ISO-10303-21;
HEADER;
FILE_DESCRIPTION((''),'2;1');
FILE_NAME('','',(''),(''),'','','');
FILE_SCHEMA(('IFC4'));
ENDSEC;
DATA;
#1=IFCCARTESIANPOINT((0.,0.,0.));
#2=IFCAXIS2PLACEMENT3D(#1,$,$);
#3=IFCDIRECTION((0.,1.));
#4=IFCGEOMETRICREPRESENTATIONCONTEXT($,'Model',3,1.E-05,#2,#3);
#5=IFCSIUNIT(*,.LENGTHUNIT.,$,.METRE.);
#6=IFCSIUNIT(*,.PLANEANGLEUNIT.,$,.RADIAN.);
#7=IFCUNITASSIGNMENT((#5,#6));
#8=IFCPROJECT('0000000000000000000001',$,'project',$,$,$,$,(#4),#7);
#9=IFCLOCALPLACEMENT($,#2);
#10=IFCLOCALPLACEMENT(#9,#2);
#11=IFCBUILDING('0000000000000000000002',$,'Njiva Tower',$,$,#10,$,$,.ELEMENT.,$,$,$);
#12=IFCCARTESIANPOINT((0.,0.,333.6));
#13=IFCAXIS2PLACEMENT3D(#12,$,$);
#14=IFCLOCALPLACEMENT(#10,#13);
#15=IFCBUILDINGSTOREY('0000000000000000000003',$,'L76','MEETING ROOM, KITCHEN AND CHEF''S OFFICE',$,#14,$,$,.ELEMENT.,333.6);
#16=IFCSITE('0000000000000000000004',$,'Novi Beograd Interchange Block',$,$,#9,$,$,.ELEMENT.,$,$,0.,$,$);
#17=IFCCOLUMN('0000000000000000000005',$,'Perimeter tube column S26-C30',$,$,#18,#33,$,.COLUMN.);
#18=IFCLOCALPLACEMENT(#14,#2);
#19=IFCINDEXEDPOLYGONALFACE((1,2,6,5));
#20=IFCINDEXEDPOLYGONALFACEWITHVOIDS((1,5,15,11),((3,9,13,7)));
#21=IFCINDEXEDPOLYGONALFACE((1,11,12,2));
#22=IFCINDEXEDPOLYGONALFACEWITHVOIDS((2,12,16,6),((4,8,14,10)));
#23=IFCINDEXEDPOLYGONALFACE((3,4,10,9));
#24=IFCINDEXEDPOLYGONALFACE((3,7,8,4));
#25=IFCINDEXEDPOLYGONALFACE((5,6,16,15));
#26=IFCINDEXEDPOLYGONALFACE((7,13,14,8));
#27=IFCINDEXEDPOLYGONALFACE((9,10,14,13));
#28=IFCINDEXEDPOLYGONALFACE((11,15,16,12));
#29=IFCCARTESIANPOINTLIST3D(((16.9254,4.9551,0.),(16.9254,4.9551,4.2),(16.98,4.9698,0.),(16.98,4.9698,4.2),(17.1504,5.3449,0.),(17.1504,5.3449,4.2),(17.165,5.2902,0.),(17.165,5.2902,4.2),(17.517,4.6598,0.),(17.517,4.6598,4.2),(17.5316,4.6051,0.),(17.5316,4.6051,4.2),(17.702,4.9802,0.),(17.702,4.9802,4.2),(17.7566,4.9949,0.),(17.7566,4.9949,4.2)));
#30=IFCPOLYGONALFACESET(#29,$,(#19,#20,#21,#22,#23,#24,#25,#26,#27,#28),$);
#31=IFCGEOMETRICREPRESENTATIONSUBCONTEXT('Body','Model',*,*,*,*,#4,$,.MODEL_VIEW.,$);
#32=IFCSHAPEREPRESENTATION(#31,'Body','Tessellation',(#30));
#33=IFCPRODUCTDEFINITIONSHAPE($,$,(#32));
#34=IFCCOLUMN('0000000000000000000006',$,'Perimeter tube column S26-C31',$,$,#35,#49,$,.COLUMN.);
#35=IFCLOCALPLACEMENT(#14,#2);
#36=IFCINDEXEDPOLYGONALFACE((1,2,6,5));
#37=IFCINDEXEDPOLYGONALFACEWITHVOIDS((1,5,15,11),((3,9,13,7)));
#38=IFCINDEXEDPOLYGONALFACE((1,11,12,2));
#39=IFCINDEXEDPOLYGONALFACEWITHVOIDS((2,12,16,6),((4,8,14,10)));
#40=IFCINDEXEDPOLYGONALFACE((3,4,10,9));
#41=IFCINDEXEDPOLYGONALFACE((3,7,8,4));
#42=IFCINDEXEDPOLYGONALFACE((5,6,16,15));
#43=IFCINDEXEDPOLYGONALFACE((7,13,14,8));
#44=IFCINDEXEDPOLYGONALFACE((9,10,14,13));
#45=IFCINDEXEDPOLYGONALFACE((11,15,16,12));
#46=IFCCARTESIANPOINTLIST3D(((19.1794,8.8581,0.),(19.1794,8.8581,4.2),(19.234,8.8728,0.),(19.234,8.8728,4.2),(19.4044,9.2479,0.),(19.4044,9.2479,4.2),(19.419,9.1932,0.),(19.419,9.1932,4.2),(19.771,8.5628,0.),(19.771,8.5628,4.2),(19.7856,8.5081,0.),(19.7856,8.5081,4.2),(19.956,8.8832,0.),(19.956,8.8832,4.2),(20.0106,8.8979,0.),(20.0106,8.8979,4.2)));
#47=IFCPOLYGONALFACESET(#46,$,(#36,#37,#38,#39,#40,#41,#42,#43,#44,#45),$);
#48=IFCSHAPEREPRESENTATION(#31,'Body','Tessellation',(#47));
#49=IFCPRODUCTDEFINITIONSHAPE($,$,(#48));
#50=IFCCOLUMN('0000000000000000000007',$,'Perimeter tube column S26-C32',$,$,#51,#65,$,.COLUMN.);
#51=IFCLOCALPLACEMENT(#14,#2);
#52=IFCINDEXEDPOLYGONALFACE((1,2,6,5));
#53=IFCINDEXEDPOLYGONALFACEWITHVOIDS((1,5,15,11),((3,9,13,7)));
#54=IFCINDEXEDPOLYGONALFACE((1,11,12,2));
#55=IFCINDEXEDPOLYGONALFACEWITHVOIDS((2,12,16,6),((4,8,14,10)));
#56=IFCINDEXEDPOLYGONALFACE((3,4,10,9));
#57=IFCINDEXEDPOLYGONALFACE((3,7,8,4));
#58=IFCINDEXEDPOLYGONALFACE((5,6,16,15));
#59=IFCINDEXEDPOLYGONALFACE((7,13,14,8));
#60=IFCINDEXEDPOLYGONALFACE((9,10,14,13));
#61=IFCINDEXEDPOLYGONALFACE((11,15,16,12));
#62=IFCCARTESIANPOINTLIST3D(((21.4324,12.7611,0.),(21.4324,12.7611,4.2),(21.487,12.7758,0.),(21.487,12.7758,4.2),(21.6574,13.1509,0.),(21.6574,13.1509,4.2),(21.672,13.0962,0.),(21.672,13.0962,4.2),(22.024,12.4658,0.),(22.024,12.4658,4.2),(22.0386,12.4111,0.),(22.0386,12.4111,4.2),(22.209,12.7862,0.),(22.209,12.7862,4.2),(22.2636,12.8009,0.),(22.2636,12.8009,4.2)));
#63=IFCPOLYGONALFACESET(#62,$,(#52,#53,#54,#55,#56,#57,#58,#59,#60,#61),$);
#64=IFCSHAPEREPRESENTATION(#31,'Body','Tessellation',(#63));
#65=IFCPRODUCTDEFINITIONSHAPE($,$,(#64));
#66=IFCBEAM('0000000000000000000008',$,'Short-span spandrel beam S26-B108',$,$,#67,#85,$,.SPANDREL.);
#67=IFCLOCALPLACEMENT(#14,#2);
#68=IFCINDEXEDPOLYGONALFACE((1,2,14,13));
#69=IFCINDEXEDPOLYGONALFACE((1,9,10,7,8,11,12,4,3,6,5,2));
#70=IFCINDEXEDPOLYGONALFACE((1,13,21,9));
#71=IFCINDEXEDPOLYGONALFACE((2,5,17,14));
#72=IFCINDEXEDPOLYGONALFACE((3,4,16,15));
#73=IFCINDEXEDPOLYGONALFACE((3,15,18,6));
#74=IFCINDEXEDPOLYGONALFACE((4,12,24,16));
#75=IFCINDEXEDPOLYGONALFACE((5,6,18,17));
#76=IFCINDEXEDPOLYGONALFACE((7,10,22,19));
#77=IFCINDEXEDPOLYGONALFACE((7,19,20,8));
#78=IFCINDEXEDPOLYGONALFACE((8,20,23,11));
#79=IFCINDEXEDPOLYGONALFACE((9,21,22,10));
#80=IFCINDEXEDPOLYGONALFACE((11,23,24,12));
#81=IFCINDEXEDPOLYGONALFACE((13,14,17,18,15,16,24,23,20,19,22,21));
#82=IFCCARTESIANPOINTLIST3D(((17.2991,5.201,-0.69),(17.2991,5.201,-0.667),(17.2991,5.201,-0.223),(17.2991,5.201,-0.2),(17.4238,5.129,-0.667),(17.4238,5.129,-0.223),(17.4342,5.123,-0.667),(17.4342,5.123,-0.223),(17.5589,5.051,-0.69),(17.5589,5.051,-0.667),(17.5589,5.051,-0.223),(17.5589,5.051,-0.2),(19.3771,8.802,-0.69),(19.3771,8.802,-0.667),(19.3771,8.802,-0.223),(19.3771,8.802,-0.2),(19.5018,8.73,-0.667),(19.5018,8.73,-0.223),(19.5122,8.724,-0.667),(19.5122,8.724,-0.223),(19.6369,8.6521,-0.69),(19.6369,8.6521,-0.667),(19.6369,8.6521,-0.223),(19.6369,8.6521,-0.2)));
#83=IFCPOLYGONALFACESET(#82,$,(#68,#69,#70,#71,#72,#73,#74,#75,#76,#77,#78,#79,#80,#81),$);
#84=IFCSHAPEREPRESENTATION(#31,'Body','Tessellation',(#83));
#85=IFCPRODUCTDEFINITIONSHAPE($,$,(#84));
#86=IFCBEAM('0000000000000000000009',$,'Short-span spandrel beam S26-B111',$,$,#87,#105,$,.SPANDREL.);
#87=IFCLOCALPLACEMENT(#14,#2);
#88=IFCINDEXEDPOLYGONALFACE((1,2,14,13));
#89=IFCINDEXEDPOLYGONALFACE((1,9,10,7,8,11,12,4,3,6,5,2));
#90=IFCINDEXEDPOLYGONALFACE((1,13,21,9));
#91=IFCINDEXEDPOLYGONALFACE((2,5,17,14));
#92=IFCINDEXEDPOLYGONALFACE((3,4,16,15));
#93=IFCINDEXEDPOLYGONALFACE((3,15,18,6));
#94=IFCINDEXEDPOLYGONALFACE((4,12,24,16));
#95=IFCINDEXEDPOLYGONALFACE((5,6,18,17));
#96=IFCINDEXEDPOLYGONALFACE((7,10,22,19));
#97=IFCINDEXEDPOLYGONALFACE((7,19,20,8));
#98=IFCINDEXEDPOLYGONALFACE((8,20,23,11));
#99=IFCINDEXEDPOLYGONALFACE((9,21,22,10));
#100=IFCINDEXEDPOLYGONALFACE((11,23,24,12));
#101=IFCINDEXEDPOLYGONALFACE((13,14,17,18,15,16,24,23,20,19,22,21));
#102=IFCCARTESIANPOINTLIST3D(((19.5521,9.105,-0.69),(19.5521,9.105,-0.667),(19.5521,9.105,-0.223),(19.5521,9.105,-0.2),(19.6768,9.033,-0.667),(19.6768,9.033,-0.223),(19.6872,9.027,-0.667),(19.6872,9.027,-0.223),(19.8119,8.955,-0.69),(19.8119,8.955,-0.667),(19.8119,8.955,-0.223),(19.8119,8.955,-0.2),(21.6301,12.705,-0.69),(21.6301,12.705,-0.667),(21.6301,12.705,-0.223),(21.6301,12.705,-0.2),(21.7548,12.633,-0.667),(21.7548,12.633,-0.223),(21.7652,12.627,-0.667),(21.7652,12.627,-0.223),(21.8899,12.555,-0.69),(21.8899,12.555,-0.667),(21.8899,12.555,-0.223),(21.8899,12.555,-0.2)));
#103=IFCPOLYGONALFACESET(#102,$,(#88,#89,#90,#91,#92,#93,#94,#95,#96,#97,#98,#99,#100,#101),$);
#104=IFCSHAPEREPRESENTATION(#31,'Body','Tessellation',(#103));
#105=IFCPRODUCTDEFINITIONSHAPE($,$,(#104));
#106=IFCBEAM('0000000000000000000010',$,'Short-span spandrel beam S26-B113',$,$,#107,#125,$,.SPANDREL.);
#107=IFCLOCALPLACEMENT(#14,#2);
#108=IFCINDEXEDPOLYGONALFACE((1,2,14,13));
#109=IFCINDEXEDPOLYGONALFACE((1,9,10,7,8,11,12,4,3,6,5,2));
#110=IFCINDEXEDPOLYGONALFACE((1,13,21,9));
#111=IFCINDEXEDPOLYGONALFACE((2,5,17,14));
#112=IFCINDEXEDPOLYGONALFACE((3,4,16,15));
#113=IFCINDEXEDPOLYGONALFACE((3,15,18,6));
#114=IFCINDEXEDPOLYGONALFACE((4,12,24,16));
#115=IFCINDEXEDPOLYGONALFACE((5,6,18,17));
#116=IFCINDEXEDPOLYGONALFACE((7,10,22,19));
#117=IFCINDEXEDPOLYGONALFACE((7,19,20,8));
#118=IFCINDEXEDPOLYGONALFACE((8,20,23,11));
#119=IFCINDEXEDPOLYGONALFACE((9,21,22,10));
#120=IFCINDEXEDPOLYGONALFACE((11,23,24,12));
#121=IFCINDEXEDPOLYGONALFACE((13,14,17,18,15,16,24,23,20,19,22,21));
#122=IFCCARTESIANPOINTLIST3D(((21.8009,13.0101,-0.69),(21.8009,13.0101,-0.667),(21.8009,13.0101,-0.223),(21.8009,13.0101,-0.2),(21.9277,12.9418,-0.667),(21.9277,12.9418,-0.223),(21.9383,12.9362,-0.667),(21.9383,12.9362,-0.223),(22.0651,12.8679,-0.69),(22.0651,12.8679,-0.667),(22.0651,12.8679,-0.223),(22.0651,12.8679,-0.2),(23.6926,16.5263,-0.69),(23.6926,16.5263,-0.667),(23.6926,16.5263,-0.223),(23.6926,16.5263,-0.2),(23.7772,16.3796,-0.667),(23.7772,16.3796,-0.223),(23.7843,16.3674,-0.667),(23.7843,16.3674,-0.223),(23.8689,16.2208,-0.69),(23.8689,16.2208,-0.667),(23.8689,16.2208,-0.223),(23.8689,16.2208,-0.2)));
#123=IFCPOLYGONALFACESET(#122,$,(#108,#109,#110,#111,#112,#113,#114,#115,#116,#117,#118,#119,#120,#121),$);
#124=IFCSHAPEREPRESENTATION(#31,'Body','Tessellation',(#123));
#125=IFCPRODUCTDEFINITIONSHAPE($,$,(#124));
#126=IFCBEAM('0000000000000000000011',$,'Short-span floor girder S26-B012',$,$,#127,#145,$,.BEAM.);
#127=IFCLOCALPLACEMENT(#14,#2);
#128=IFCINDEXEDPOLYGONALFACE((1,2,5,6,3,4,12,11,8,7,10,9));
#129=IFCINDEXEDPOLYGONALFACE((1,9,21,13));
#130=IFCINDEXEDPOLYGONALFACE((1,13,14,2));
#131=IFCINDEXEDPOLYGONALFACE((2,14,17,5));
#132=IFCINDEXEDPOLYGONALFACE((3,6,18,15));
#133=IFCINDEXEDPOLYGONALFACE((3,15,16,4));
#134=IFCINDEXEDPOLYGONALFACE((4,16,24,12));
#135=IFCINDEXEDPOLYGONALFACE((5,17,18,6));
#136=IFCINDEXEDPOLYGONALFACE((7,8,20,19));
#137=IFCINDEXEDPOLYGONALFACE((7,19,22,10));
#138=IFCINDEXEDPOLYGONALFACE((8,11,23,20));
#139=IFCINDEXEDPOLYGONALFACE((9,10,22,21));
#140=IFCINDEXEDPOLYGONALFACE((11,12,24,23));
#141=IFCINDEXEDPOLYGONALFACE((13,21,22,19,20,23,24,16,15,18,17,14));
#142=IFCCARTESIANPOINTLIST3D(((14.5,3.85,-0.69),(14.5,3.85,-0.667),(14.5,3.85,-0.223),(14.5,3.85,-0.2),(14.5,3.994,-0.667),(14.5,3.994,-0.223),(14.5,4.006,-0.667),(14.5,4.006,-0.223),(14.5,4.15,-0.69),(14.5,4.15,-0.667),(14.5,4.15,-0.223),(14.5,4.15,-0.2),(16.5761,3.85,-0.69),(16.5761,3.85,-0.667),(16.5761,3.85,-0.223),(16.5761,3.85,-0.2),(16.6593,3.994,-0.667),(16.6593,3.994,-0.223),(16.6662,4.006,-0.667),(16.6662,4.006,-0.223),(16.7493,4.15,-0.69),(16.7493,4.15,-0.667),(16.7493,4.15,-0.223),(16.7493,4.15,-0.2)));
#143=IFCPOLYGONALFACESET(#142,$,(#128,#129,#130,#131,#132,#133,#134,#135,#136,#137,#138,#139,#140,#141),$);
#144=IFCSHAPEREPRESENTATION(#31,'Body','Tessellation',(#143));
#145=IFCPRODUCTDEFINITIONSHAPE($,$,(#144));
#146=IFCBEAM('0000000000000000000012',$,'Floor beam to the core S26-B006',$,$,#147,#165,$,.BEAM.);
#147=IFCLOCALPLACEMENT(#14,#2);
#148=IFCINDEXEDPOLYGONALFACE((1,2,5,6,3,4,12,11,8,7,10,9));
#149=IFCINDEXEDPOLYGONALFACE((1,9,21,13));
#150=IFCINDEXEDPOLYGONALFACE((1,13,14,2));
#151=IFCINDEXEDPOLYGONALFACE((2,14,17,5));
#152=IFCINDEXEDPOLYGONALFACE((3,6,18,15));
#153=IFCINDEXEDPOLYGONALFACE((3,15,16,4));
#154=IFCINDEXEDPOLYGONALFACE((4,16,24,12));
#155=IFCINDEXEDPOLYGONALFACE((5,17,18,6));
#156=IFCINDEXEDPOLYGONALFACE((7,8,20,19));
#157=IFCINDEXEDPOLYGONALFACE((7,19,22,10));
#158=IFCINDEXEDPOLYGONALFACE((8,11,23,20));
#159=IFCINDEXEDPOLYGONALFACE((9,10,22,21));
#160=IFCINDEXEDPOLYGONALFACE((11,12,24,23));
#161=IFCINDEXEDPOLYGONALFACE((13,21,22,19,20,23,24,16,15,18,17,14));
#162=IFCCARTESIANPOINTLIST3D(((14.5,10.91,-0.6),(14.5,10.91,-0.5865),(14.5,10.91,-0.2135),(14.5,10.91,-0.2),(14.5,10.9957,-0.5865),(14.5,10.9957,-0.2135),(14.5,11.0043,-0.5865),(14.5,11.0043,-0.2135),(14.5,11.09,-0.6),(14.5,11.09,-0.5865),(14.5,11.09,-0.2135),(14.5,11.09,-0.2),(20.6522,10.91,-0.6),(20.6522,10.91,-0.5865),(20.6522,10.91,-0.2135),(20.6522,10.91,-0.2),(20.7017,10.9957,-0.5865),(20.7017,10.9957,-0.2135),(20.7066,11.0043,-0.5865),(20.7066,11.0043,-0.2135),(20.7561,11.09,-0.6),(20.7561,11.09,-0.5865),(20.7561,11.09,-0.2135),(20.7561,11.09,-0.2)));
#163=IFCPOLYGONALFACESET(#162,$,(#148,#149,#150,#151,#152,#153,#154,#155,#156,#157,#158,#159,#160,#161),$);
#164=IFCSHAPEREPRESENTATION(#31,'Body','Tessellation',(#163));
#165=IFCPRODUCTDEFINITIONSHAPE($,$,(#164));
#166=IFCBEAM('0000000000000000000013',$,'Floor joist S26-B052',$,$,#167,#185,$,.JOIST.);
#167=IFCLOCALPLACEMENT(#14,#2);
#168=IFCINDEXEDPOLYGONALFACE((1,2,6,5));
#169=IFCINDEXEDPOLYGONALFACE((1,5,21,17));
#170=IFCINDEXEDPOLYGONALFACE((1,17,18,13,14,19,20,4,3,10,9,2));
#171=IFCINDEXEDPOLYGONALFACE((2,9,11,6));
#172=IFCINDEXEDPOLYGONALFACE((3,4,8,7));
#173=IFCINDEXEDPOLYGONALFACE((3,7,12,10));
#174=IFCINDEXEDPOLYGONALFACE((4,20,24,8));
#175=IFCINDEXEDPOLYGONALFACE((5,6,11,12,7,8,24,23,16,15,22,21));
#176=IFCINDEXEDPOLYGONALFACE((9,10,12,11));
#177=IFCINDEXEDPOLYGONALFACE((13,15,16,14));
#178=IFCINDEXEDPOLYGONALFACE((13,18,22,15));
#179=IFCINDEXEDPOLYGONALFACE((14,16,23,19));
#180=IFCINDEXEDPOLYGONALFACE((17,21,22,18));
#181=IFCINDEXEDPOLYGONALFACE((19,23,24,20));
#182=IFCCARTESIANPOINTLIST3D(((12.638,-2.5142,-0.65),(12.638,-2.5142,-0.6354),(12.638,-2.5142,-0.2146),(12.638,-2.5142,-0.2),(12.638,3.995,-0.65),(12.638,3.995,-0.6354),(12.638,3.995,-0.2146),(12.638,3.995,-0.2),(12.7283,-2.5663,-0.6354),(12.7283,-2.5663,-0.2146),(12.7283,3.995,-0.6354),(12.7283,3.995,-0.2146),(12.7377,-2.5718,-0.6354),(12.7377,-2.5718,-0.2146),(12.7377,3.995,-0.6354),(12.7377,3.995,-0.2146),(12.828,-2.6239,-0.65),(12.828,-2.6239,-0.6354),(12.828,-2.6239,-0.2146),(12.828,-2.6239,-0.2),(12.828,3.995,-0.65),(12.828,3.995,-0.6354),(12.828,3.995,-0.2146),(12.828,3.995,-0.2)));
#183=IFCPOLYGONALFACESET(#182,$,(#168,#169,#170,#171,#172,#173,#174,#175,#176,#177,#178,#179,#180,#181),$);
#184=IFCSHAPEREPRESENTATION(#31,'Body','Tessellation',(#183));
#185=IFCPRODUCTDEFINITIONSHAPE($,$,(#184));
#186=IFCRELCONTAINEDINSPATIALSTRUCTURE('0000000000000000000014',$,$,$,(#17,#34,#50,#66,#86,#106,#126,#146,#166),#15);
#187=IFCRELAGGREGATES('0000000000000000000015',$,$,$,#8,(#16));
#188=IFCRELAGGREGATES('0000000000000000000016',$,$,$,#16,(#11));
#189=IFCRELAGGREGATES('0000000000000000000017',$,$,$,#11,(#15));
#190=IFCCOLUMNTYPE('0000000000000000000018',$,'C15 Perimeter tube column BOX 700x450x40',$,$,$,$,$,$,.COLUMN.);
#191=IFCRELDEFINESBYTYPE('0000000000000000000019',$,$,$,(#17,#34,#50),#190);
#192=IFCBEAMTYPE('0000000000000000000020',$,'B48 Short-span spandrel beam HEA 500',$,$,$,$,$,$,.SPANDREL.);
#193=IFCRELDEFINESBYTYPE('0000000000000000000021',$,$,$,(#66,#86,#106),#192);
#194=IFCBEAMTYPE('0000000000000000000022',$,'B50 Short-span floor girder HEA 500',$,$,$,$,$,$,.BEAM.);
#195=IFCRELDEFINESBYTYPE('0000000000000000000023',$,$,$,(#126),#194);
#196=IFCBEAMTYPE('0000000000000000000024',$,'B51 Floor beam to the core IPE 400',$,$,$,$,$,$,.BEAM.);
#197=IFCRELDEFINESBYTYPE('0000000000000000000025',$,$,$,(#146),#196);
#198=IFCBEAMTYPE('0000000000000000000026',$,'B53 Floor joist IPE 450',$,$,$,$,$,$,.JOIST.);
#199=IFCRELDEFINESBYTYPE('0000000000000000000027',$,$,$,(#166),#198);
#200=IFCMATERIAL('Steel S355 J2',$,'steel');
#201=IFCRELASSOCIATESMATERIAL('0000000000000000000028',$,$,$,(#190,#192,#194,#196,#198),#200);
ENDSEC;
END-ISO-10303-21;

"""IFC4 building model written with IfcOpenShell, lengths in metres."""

from ifc_helpers import new_model, si_unit, direction, frame, origin, origin_2d, place, context, subcontext, project, spatial, hollow_rectangle, i_section, extrude, clip, halfspace, material, material_profile, profile_set, type_object, element, save


model = new_model("IFC4")

# Units and contexts
model_context = context("Model", 3, precision=1e-05, world=origin(), true_north=direction((0.0, 1.0)))
body_context = subcontext(model_context, "Body", "Model", "MODEL_VIEW")
ifc_project = project(units=[si_unit("LENGTHUNIT", "METRE"), si_unit("PLANEANGLEUNIT", "RADIAN")], contexts=[model_context])

# Site, building, storey
site_placement = place(None, origin())
site = spatial("IfcSite", under=ifc_project, at=site_placement, Name="Novi Beograd Interchange Block", CompositionType="ELEMENT", RefElevation=0.0)
building_placement = place(site_placement, origin())
building = spatial("IfcBuilding", under=site, at=building_placement, Name="Njiva Tower", CompositionType="ELEMENT")
storey_placement = place(building_placement, frame((0.0, 0.0, 333.6)))
storey = spatial("IfcBuildingStorey", under=building, at=storey_placement, Name="L76", Description="MEETING ROOM, KITCHEN AND CHEF'S OFFICE", CompositionType="ELEMENT", Elevation=333.6)

# Columns
ifc_material_1 = material(Name="Steel S355 J2", Category="steel")
ifc_material_profile_1 = material_profile(ifc_material_1, hollow_rectangle(XDim=0.45, YDim=0.7, WallThickness=0.04, at=origin_2d()), Name="BOX 700x450x40")
ifc_profile_set_1 = profile_set([ifc_material_profile_1], Name="Steel S355 J2")
column_type = type_object("IfcColumnType", Name="C15 Perimeter tube column BOX 700x450x40", PredefinedType="COLUMN", material=ifc_profile_set_1)
for number, where, z_axis, x_axis, name in (
    (1, (17.341, 4.975, 0.0), (0.0, 0.0, 1.0), (0.5, 0.866025, 0.0), "Perimeter tube column S26-C30"),
    (2, (19.595, 8.878, 0.0), (0.0, 0.0, 1.0), (0.5, 0.866025, 0.0), "Perimeter tube column S26-C31"),
    (3, (21.848, 12.781, 0.0), (0.0, 0.0, 1.0), (0.5, 0.866025, 0.0), "Perimeter tube column S26-C32"),
):
    element("IfcColumn", number, at=place(storey_placement, frame(where, z_axis=z_axis, x_axis=x_axis)), inside=storey, type_object=column_type, Name=name, PredefinedType="COLUMN", context=body_context, shape_type="SweptSolid", body=[
        extrude(hollow_rectangle(XDim=0.45, YDim=0.7, WallThickness=0.04, at=origin_2d()), origin(), (0.0, 0.0, 1.0), 4.2),
    ])

# Beams
ifc_material_profile_2 = material_profile(ifc_material_1, i_section(OverallWidth=0.3, OverallDepth=0.49, WebThickness=0.012, FlangeThickness=0.023, at=origin_2d()), Name="HEA 500")
ifc_profile_set_2 = profile_set([ifc_material_profile_2], Name="Steel S355 J2")
beam_type_1 = type_object("IfcBeamType", Name="B48 Short-span spandrel beam HEA 500", PredefinedType="SPANDREL", material=ifc_profile_set_2)
beam_1_placement = place(storey_placement, frame((17.429, 5.126, -0.445), z_axis=(0.499813, 0.866134, 0.0), x_axis=(-0.866134, 0.499813, 0.0)))
element("IfcBeam", 4, at=beam_1_placement, inside=storey, type_object=beam_type_1, Name="Short-span spandrel beam S26-B108", PredefinedType="SPANDREL", context=body_context, shape_type="SweptSolid", body=[
    extrude(i_section(OverallWidth=0.3, OverallDepth=0.49, WebThickness=0.012, FlangeThickness=0.023, at=origin_2d()), origin(), (0.0, 0.0, 1.0), 4.1576),
])
beam_2_placement = place(storey_placement, frame((19.682, 9.03, -0.445), z_axis=(0.499917, 0.866073, 0.0), x_axis=(-0.866073, 0.499917, 0.0)))
element("IfcBeam", 5, at=beam_2_placement, inside=storey, type_object=beam_type_1, Name="Short-span spandrel beam S26-B111", PredefinedType="SPANDREL", context=body_context, shape_type="SweptSolid", body=[
    extrude(i_section(OverallWidth=0.3, OverallDepth=0.49, WebThickness=0.012, FlangeThickness=0.023, at=origin_2d()), origin(), (0.0, 0.0, 1.0), 4.1567),
])
beam_3_placement = place(storey_placement, frame((21.933, 12.939, -0.445), z_axis=(0.473779, 0.880644, 0.0), x_axis=(-0.880644, 0.473779, 0.0)))
element("IfcBeam", 6, at=beam_3_placement, inside=storey, type_object=beam_type_1, Name="Short-span spandrel beam S26-B113", PredefinedType="SPANDREL", context=body_context, shape_type="Clipping", body=[
    clip(extrude(i_section(OverallWidth=0.3, OverallDepth=0.49, WebThickness=0.012, FlangeThickness=0.023, at=origin_2d()), origin(), (0.0, 0.0, 1.0), 4.0136), halfspace(frame((-0.0261, 0.0, 3.8839), z_axis=(-0.525773, 0.0, 0.850625), x_axis=(0.0, 1.0, 0.0)), False)),
])
ifc_material_profile_3 = material_profile(ifc_material_1, i_section(OverallWidth=0.3, OverallDepth=0.49, WebThickness=0.012, FlangeThickness=0.023, at=origin_2d()), Name="HEA 500")
ifc_profile_set_3 = profile_set([ifc_material_profile_3], Name="Steel S355 J2")
beam_type_2 = type_object("IfcBeamType", Name="B50 Short-span floor girder HEA 500", PredefinedType="BEAM", material=ifc_profile_set_3)
beam_4_placement = place(storey_placement, frame((14.5, 4.0, -0.445), z_axis=(1.0, 0.0, 0.0), x_axis=(0.0, 1.0, 0.0)))
element("IfcBeam", 7, at=beam_4_placement, inside=storey, type_object=beam_type_2, Name="Short-span floor girder S26-B012", PredefinedType="BEAM", context=body_context, shape_type="Clipping", body=[
    clip(extrude(i_section(OverallWidth=0.3, OverallDepth=0.49, WebThickness=0.012, FlangeThickness=0.023, at=origin_2d()), origin(), (0.0, 0.0, 1.0), 2.27), halfspace(frame((-0.025, 0.0, 2.1483), z_axis=(-0.499998, 0.0, 0.866027), x_axis=(0.0, 1.0, 0.0)), False)),
])
ifc_material_profile_4 = material_profile(ifc_material_1, i_section(OverallWidth=0.18, OverallDepth=0.4, WebThickness=0.0086, FlangeThickness=0.0135, at=origin_2d()), Name="IPE 400")
ifc_profile_set_4 = profile_set([ifc_material_profile_4], Name="Steel S355 J2")
beam_type_3 = type_object("IfcBeamType", Name="B51 Floor beam to the core IPE 400", PredefinedType="BEAM", material=ifc_profile_set_4)
beam_5_placement = place(storey_placement, frame((14.5, 11.0, -0.4), z_axis=(1.0, 0.0, 0.0), x_axis=(0.0, 1.0, 0.0)))
element("IfcBeam", 8, at=beam_5_placement, inside=storey, type_object=beam_type_3, Name="Floor beam to the core S26-B006", PredefinedType="BEAM", context=body_context, shape_type="Clipping", body=[
    clip(extrude(i_section(OverallWidth=0.18, OverallDepth=0.4, WebThickness=0.0086, FlangeThickness=0.0135, at=origin_2d()), origin(), (0.0, 0.0, 1.0), 6.276), halfspace(frame((-0.025, 0.0, 6.1897), z_axis=(-0.499998, 0.0, 0.866027), x_axis=(0.0, 1.0, 0.0)), False)),
])
ifc_material_profile_5 = material_profile(ifc_material_1, i_section(OverallWidth=0.19, OverallDepth=0.45, WebThickness=0.0094, FlangeThickness=0.0146, at=origin_2d()), Name="IPE 450")
ifc_profile_set_5 = profile_set([ifc_material_profile_5], Name="Steel S355 J2")
beam_type_4 = type_object("IfcBeamType", Name="B53 Floor joist IPE 450", PredefinedType="JOIST", material=ifc_profile_set_5)
beam_6_placement = place(storey_placement, frame((12.733, 3.995, -0.425), z_axis=(0.0, -1.0, 0.0), x_axis=(1.0, 0.0, 0.0)))
element("IfcBeam", 9, at=beam_6_placement, inside=storey, type_object=beam_type_4, Name="Floor joist S26-B052", PredefinedType="JOIST", context=body_context, shape_type="Clipping", body=[
    clip(extrude(i_section(OverallWidth=0.19, OverallDepth=0.45, WebThickness=0.0094, FlangeThickness=0.0146, at=origin_2d()), origin(), (0.0, 0.0, 1.0), 6.639), halfspace(frame((-0.0247, 0.0, 6.5498), z_axis=(-0.499998, 0.0, 0.866027), x_axis=(0.0, 1.0, 0.0)), False)),
])

save(model, "model.ifc")
